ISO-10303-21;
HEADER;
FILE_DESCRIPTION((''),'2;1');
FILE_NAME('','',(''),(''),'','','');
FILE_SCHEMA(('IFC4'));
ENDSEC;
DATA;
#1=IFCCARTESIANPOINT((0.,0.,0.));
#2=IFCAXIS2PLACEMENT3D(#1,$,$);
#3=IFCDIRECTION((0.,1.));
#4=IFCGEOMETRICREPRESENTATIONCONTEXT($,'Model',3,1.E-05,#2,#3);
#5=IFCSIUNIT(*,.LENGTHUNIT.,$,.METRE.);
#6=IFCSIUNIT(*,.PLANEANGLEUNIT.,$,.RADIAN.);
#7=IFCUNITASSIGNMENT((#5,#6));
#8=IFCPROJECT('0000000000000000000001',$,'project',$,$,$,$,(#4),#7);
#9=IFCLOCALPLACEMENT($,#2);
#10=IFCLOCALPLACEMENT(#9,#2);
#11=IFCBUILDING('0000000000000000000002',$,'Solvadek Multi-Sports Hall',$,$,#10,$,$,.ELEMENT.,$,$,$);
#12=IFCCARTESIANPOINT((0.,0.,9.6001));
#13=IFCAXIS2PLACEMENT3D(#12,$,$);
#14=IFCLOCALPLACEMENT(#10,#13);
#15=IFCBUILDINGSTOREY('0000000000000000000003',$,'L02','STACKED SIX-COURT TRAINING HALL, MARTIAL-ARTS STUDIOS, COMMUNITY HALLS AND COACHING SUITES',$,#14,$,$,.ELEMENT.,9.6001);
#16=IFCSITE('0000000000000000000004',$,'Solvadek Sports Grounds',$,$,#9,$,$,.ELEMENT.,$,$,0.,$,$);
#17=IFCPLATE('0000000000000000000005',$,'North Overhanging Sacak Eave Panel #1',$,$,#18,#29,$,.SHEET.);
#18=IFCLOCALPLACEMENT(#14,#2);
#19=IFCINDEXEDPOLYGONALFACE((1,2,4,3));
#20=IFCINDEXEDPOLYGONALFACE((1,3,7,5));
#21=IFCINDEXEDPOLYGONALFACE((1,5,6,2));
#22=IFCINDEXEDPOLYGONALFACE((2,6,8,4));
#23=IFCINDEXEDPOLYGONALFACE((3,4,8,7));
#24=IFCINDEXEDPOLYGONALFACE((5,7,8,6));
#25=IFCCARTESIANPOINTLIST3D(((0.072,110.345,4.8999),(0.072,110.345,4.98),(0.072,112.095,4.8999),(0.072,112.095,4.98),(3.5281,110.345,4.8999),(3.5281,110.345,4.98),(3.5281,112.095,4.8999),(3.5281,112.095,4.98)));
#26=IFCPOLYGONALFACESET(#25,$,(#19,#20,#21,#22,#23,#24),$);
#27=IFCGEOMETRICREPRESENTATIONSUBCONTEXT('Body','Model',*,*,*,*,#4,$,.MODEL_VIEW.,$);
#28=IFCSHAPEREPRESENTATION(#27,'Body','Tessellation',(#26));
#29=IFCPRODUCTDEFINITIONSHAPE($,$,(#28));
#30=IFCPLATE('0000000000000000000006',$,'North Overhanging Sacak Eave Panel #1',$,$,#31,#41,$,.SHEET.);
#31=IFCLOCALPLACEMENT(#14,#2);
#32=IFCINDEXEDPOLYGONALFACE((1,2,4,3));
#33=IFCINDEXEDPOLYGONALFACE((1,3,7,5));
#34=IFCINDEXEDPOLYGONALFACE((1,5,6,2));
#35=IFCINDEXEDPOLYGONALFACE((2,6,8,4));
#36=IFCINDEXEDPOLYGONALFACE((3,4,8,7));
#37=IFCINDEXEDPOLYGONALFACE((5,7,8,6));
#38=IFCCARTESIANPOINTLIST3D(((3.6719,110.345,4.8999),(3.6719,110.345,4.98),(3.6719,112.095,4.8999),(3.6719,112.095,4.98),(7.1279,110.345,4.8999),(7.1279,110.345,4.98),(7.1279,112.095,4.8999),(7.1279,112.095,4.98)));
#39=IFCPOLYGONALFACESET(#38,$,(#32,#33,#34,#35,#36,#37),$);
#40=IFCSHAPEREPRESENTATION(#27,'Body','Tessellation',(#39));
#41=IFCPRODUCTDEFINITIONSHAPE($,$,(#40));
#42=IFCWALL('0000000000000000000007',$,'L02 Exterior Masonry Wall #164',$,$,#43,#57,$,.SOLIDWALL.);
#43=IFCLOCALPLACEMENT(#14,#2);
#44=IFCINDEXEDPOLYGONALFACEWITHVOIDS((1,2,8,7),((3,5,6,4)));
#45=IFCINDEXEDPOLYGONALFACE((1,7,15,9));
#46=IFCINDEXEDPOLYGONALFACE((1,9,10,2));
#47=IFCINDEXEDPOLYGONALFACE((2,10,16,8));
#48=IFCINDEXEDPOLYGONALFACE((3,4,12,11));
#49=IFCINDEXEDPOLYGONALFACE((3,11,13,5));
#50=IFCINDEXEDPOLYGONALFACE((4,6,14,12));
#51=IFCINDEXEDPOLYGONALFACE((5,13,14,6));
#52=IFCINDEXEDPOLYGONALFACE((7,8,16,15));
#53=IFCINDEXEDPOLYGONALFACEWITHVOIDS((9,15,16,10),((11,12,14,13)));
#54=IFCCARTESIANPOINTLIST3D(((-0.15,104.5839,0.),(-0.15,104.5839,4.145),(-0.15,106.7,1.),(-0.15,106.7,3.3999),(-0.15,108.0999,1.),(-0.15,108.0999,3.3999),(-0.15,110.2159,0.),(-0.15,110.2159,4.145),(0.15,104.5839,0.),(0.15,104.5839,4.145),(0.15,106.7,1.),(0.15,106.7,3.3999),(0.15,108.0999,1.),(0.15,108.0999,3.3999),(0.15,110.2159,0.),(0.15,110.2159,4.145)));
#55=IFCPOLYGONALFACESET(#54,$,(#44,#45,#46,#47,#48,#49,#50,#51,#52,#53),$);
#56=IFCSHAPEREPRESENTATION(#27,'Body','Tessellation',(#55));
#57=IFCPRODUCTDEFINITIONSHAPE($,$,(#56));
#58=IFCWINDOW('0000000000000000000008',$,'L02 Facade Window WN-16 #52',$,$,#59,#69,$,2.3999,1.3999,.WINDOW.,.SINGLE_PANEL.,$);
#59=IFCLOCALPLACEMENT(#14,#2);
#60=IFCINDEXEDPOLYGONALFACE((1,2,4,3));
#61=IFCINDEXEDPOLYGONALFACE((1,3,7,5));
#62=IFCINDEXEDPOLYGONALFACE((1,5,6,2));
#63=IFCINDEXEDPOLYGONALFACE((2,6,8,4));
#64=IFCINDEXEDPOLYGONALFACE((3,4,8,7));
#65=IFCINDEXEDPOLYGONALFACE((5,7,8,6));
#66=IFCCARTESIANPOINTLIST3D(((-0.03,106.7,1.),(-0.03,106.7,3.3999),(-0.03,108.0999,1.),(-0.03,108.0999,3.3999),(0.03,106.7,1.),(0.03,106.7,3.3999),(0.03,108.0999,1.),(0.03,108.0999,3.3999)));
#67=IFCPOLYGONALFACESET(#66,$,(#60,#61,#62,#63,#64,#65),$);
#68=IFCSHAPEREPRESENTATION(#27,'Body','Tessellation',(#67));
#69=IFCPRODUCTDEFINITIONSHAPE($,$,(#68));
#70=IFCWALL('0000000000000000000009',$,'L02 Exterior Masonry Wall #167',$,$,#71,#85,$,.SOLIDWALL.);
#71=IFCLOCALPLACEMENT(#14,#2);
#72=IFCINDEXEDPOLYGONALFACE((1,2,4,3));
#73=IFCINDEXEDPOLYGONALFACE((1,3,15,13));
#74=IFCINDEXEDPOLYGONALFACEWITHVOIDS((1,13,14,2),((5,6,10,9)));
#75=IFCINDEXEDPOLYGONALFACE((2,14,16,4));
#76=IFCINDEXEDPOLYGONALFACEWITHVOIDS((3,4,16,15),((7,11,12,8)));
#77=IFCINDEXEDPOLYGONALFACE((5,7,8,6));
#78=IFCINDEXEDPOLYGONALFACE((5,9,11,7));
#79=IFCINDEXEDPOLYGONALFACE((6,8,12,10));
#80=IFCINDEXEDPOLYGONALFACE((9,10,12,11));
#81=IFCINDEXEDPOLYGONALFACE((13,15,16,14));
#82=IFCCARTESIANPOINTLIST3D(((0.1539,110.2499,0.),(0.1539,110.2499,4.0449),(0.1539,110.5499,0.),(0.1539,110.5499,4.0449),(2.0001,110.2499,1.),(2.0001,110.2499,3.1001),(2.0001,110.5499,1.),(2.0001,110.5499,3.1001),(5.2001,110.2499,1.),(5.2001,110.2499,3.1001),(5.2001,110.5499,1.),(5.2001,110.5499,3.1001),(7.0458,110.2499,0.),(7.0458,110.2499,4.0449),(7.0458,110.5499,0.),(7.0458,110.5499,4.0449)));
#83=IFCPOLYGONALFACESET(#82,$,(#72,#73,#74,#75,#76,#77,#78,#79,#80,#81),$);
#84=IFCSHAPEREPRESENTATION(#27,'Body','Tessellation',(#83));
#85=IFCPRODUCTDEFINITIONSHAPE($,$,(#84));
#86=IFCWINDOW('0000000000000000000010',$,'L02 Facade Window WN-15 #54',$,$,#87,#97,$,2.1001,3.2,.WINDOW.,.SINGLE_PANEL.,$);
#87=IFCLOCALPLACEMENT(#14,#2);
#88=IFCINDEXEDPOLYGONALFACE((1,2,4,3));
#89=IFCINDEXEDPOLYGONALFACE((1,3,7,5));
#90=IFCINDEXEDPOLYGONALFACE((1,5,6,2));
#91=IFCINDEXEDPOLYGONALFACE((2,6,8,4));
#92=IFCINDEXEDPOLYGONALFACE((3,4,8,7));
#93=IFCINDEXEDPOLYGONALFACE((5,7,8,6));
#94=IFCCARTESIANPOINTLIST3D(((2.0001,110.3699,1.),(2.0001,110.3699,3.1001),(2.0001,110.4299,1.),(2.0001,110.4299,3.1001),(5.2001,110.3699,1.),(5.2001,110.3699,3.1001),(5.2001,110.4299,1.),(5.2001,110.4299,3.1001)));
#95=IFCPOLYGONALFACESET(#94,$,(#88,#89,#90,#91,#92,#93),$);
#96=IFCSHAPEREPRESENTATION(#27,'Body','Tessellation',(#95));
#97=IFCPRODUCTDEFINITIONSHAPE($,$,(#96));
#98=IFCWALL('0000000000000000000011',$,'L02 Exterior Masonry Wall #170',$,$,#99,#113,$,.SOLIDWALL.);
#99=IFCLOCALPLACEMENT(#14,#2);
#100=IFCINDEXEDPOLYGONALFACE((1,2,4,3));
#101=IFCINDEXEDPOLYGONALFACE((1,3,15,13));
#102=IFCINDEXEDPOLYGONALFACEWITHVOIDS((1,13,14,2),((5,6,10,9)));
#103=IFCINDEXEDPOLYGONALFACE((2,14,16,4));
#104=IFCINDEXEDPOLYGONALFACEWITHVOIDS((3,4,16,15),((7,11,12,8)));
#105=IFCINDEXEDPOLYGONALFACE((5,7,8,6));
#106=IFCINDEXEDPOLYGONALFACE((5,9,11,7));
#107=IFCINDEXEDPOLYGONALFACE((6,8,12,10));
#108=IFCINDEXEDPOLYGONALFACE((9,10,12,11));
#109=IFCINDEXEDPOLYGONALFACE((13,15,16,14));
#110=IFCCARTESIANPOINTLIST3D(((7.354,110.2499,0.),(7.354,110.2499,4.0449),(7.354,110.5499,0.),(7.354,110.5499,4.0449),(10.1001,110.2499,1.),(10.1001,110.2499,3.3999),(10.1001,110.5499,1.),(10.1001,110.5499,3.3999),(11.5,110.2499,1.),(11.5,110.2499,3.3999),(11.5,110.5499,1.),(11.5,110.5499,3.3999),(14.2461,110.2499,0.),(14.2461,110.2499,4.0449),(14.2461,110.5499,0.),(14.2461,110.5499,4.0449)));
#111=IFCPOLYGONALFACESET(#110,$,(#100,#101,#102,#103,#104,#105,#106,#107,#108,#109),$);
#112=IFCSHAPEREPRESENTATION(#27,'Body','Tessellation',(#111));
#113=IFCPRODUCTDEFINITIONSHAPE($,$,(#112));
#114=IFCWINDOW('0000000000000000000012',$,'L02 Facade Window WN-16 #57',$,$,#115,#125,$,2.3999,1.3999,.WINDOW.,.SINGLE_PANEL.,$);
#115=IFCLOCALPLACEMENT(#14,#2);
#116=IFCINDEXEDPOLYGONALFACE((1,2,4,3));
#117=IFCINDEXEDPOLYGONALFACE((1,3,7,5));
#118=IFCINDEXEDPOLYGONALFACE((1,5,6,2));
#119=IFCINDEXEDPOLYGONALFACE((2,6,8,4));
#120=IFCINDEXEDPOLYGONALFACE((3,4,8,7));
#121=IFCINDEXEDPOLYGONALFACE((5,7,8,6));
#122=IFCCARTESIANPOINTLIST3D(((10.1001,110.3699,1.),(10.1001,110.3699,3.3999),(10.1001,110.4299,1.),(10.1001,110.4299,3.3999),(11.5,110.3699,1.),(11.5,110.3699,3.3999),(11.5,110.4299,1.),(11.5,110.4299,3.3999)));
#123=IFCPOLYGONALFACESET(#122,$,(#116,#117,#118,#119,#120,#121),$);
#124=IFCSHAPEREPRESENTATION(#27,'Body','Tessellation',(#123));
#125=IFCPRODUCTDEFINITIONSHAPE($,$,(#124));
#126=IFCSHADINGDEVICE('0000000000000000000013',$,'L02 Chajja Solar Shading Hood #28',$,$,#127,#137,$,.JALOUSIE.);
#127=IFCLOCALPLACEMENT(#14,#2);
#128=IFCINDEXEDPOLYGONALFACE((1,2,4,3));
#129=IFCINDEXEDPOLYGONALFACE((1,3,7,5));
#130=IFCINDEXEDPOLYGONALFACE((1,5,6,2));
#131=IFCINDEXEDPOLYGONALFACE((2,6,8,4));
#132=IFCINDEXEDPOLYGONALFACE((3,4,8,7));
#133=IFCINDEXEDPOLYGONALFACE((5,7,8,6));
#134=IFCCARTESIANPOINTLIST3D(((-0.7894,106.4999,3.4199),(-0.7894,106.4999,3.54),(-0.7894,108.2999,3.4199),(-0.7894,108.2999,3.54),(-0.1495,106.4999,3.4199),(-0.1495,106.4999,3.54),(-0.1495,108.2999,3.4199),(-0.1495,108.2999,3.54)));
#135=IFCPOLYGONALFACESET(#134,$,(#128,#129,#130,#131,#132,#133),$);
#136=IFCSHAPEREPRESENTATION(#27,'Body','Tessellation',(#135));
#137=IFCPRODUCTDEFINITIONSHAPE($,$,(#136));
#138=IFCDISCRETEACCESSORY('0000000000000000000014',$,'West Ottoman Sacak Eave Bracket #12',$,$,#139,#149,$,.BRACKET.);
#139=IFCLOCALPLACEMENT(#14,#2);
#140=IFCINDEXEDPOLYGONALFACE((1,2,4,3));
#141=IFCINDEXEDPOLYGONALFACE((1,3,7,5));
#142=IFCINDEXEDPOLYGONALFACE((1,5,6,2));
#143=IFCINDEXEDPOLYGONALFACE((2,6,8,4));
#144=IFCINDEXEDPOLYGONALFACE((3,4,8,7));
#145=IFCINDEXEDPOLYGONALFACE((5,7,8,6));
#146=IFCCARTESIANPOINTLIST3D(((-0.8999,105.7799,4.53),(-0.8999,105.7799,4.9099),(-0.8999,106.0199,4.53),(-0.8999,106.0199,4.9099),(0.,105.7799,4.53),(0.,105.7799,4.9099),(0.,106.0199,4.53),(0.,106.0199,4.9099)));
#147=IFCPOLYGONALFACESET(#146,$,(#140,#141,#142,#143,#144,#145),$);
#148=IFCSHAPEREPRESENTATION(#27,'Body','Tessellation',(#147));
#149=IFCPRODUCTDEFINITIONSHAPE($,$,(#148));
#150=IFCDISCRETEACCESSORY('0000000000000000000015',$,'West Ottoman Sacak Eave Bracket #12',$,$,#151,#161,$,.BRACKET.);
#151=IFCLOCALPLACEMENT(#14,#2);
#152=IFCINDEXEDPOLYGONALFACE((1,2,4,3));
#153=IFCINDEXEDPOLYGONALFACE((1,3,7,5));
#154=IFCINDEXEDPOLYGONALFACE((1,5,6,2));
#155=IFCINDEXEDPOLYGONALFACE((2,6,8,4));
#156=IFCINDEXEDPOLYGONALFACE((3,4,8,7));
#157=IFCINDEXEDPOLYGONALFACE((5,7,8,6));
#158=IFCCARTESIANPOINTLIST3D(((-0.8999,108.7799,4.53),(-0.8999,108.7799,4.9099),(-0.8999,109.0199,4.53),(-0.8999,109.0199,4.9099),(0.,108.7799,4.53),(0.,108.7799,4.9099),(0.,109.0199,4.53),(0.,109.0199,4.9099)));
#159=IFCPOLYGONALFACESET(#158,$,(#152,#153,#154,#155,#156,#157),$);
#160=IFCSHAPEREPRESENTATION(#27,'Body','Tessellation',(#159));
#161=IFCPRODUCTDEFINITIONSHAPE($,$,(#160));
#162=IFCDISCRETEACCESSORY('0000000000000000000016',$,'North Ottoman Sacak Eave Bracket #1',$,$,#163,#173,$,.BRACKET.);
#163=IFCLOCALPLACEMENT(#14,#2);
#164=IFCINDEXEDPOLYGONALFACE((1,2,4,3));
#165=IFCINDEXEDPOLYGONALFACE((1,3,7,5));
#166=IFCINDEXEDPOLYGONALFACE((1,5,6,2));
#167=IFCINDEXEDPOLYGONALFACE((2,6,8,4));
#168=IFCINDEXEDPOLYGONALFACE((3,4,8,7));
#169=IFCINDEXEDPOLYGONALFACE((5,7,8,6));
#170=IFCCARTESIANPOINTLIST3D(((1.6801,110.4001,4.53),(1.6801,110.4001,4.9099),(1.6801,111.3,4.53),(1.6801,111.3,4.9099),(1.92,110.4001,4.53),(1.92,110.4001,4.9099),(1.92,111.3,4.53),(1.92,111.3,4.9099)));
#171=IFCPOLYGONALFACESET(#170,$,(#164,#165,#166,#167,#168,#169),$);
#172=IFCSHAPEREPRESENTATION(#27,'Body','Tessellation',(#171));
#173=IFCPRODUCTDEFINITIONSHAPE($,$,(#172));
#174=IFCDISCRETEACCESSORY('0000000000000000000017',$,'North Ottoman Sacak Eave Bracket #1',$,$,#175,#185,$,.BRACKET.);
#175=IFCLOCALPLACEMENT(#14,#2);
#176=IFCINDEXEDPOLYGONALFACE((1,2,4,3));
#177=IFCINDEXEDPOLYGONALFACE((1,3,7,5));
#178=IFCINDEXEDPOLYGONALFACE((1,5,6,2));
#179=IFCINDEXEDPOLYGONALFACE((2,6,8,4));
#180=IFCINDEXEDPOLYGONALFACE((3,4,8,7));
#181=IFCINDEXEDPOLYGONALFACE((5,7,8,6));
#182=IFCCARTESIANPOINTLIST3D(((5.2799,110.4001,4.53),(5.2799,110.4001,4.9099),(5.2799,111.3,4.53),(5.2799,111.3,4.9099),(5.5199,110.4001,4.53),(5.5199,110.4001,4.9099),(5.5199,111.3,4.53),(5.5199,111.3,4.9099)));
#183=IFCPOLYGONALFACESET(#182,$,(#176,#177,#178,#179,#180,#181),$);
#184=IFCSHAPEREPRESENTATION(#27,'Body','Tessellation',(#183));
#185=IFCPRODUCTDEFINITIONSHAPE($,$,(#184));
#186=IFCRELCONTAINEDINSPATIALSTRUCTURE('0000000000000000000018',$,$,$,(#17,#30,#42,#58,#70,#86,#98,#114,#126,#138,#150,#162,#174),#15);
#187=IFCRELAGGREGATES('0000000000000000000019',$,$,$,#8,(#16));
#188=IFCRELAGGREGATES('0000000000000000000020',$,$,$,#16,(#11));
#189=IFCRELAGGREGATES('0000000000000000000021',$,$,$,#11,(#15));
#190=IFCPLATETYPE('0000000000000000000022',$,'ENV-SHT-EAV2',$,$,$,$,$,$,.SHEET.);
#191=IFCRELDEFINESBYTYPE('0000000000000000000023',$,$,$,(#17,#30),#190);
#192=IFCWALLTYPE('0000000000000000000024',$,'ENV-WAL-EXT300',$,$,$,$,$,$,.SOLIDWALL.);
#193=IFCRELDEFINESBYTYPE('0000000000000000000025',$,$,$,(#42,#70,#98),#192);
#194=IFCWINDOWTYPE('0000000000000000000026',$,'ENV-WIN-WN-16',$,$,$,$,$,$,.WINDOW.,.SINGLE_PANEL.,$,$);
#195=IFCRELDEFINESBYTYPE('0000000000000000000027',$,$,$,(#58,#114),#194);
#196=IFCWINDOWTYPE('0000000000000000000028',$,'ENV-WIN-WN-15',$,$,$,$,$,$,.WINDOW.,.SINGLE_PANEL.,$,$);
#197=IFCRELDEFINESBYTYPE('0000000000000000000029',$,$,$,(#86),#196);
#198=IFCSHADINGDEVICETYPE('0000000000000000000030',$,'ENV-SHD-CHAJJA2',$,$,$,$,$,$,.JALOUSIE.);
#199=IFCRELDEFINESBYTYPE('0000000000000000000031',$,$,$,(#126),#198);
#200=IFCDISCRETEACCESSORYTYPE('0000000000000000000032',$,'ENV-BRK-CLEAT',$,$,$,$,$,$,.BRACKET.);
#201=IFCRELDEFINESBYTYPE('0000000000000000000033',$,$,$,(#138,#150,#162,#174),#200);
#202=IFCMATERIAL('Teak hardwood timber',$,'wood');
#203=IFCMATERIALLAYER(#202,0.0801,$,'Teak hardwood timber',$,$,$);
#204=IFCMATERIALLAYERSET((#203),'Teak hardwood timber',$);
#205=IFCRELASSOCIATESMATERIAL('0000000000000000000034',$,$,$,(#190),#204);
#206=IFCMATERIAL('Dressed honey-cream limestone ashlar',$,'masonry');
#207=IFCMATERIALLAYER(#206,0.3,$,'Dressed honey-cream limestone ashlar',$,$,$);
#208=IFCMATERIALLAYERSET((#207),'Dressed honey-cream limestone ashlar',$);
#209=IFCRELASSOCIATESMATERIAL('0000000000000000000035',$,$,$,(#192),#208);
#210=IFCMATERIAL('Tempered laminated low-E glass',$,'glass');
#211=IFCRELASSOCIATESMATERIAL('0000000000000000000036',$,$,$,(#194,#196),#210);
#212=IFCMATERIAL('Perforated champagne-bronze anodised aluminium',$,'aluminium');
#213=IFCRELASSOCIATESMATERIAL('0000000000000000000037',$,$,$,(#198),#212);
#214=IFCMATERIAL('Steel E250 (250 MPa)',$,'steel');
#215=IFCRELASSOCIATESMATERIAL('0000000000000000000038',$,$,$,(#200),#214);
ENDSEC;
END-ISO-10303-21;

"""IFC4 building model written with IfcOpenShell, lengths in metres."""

from ifc_helpers import new_model, si_unit, direction, frame, frame_2d, origin, origin_2d, place, context, subcontext, project, spatial, rectangle, extrude, material, layer, layer_set, type_object, element, fill, save


model = new_model("IFC4")

# Units and contexts
model_context = context("Model", 3, precision=1e-05, world=origin(), true_north=direction((0.0, 1.0)))
body_context = subcontext(model_context, "Body", "Model", "MODEL_VIEW")
ifc_project = project(units=[si_unit("LENGTHUNIT", "METRE"), si_unit("PLANEANGLEUNIT", "RADIAN")], contexts=[model_context])

# Site, building, storey
site_placement = place(None, origin())
site = spatial("IfcSite", under=ifc_project, at=site_placement, Name="Solvadek Sports Grounds", CompositionType="ELEMENT", RefElevation=0.0)
building_placement = place(site_placement, origin())
building = spatial("IfcBuilding", under=site, at=building_placement, Name="Solvadek Multi-Sports Hall", CompositionType="ELEMENT")
storey_placement = place(building_placement, frame((0.0, 0.0, 9.6001)))
storey = spatial("IfcBuildingStorey", under=building, at=storey_placement, Name="L02", Description="STACKED SIX-COURT TRAINING HALL, MARTIAL-ARTS STUDIOS, COMMUNITY HALLS AND COACHING SUITES", CompositionType="ELEMENT", Elevation=9.6001)

# Shared definitions
ifc_material_1 = material(Name="Steel E250 (250 MPa)", Category="steel")

# Plates
ifc_material_2 = material(Name="Teak hardwood timber", Category="wood")
ifc_layer_1 = layer(ifc_material_2, 0.0801, Name="Teak hardwood timber")
ifc_layer_set_1 = layer_set([ifc_layer_1], Name="Teak hardwood timber")
plate_type = type_object("IfcPlateType", Name="ENV-SHT-EAV2", PredefinedType="SHEET", material=ifc_layer_set_1)
for number, where, z_axis, x_axis, name in (
    (1, (1.8, 111.22, 4.8999), (0.0, 0.0, 1.0), (1.0, 0.0, 0.0), "North Overhanging Sacak Eave Panel #1"),
    (2, (5.3999, 111.22, 4.8999), (0.0, 0.0, 1.0), (1.0, 0.0, 0.0), "North Overhanging Sacak Eave Panel #1"),
):
    element("IfcPlate", number, at=place(storey_placement, frame(where, z_axis=z_axis, x_axis=x_axis)), inside=storey, type_object=plate_type, Name=name, PredefinedType="SHEET", context=body_context, shape_type="SweptSolid", body=[
        extrude(rectangle(XDim=3.4561, YDim=1.75, at=origin_2d()), origin(), (0.0, 0.0, 1.0), 0.0801),
    ])

# Walls, openings, windows
ifc_material_3 = material(Name="Dressed honey-cream limestone ashlar", Category="masonry")
ifc_layer_2 = layer(ifc_material_3, 0.3, Name="Dressed honey-cream limestone ashlar")
ifc_layer_set_2 = layer_set([ifc_layer_2], Name="Dressed honey-cream limestone ashlar")
wall_type = type_object("IfcWallType", Name="ENV-WAL-EXT300", PredefinedType="SOLIDWALL", material=ifc_layer_set_2)
wall_1_placement = place(storey_placement, frame((0.0, 104.584, 0.0), z_axis=(0.0, 0.0, 1.0), x_axis=(0.0, 1.0, 0.0)))
wall_1 = element("IfcWall", 3, at=wall_1_placement, inside=storey, type_object=wall_type, Name="L02 Exterior Masonry Wall #164", PredefinedType="SOLIDWALL", context=body_context, shape_type="SweptSolid", body=[
    extrude(rectangle(XDim=5.6321, YDim=0.3, at=frame_2d((2.8159, 0.0))), origin(), (0.0, 0.0, 1.0), 4.145),
])
opening_1_placement = place(wall_1_placement, frame((2.116, 0.0, 1.0)))
opening_1 = element("IfcOpeningElement", 4, at=opening_1_placement, cuts=wall_1, PredefinedType="OPENING", context=body_context, shape_type="SweptSolid", body=[
    extrude(rectangle(XDim=1.3999, YDim=2.3999, at=frame_2d((0.7, 1.2))), frame((0.0, 0.1599, 0.0), z_axis=(0.0, -1.0, 0.0), x_axis=(1.0, 0.0, 0.0)), (0.0, 0.0, 1.0), 0.3201),
])
ifc_material_4 = material(Name="Tempered laminated low-E glass", Category="glass")
window_type_1 = type_object("IfcWindowType", Name="ENV-WIN-WN-16", PartitioningType="SINGLE_PANEL", PredefinedType="WINDOW", material=ifc_material_4)
window_1_placement = place(opening_1_placement, origin())
window_1 = element("IfcWindow", 5, at=window_1_placement, inside=storey, type_object=window_type_1, Name="L02 Facade Window WN-16 #52", OverallHeight=2.3999, OverallWidth=1.3999, PartitioningType="SINGLE_PANEL", PredefinedType="WINDOW", context=body_context, shape_type="SweptSolid", body=[
    extrude(rectangle(XDim=1.3999, YDim=2.3999, at=frame_2d((0.7, 1.2))), frame((0.0, 0.03, 0.0), z_axis=(0.0, -1.0, 0.0), x_axis=(1.0, 0.0, 0.0)), (0.0, 0.0, 1.0), 0.0601),
])
fill(opening_1, window_1)
wall_2_placement = place(storey_placement, frame((0.1541, 110.3999, 0.0), z_axis=(0.0, 0.0, 1.0), x_axis=(1.0, 0.0, 0.0)))
wall_2 = element("IfcWall", 6, at=wall_2_placement, inside=storey, type_object=wall_type, Name="L02 Exterior Masonry Wall #167", PredefinedType="SOLIDWALL", context=body_context, shape_type="SweptSolid", body=[
    extrude(rectangle(XDim=6.8918, YDim=0.3, at=frame_2d((3.4458, 0.0))), origin(), (0.0, 0.0, 1.0), 4.0449),
])
opening_2_placement = place(wall_2_placement, frame((1.8459, 0.0, 1.0)))
opening_2 = element("IfcOpeningElement", 7, at=opening_2_placement, cuts=wall_2, PredefinedType="OPENING", context=body_context, shape_type="SweptSolid", body=[
    extrude(rectangle(XDim=3.2, YDim=2.1001, at=frame_2d((1.6001, 1.05))), frame((0.0, 0.1599, 0.0), z_axis=(0.0, -1.0, 0.0), x_axis=(1.0, 0.0, 0.0)), (0.0, 0.0, 1.0), 0.3201),
])
window_type_2 = type_object("IfcWindowType", Name="ENV-WIN-WN-15", PartitioningType="SINGLE_PANEL", PredefinedType="WINDOW", material=ifc_material_4)
window_2_placement = place(opening_2_placement, origin())
window_2 = element("IfcWindow", 8, at=window_2_placement, inside=storey, type_object=window_type_2, Name="L02 Facade Window WN-15 #54", OverallHeight=2.1001, OverallWidth=3.2, PartitioningType="SINGLE_PANEL", PredefinedType="WINDOW", context=body_context, shape_type="SweptSolid", body=[
    extrude(rectangle(XDim=3.2, YDim=2.1001, at=frame_2d((1.6001, 1.05))), frame((0.0, 0.03, 0.0), z_axis=(0.0, -1.0, 0.0), x_axis=(1.0, 0.0, 0.0)), (0.0, 0.0, 1.0), 0.0601),
])
fill(opening_2, window_2)
wall_3_placement = place(storey_placement, frame((7.354, 110.3999, 0.0), z_axis=(0.0, 0.0, 1.0), x_axis=(1.0, 0.0, 0.0)))
wall_3 = element("IfcWall", 9, at=wall_3_placement, inside=storey, type_object=wall_type, Name="L02 Exterior Masonry Wall #170", PredefinedType="SOLIDWALL", context=body_context, shape_type="SweptSolid", body=[
    extrude(rectangle(XDim=6.8921, YDim=0.3, at=frame_2d((3.446, 0.0))), origin(), (0.0, 0.0, 1.0), 4.0449),
])
opening_3_placement = place(wall_3_placement, frame((2.7461, 0.0, 1.0)))
opening_3 = element("IfcOpeningElement", 10, at=opening_3_placement, cuts=wall_3, PredefinedType="OPENING", context=body_context, shape_type="SweptSolid", body=[
    extrude(rectangle(XDim=1.3999, YDim=2.3999, at=frame_2d((0.7, 1.2))), frame((0.0, 0.1599, 0.0), z_axis=(0.0, -1.0, 0.0), x_axis=(1.0, 0.0, 0.0)), (0.0, 0.0, 1.0), 0.3201),
])
window_3_placement = place(opening_3_placement, origin())
window_3 = element("IfcWindow", 11, at=window_3_placement, inside=storey, type_object=window_type_1, Name="L02 Facade Window WN-16 #57", OverallHeight=2.3999, OverallWidth=1.3999, PartitioningType="SINGLE_PANEL", PredefinedType="WINDOW", context=body_context, shape_type="SweptSolid", body=[
    extrude(rectangle(XDim=1.3999, YDim=2.3999, at=frame_2d((0.7, 1.2))), frame((0.0, 0.03, 0.0), z_axis=(0.0, -1.0, 0.0), x_axis=(1.0, 0.0, 0.0)), (0.0, 0.0, 1.0), 0.0601),
])
fill(opening_3, window_3)

# Shading device
ifc_material_5 = material(Name="Perforated champagne-bronze anodised aluminium", Category="aluminium")
shading_device_type = type_object("IfcShadingDeviceType", Name="ENV-SHD-CHAJJA2", PredefinedType="JALOUSIE", material=ifc_material_5)
shading_device_placement = place(storey_placement, frame((-0.4695, 107.3999, 3.4199), z_axis=(0.0, 0.0, 1.0), x_axis=(0.0, 1.0, 0.0)))
element("IfcShadingDevice", 12, at=shading_device_placement, inside=storey, type_object=shading_device_type, Name="L02 Chajja Solar Shading Hood #28", PredefinedType="JALOUSIE", context=body_context, shape_type="SweptSolid", body=[
    extrude(rectangle(XDim=1.8, YDim=0.6399, at=origin_2d()), origin(), (0.0, 0.0, 1.0), 0.1201),
])

# Discrete accessories
discrete_accessory_type = type_object("IfcDiscreteAccessoryType", Name="ENV-BRK-CLEAT", PredefinedType="BRACKET", material=ifc_material_1)
for number, where, z_axis, x_axis, name in (
    (13, (-0.45, 105.8999, 4.53), (0.0, 0.0, 1.0), (1.0, 0.0, 0.0), "West Ottoman Sacak Eave Bracket #12"),
    (14, (-0.45, 108.8999, 4.53), (0.0, 0.0, 1.0), (1.0, 0.0, 0.0), "West Ottoman Sacak Eave Bracket #12"),
):
    element("IfcDiscreteAccessory", number, at=place(storey_placement, frame(where, z_axis=z_axis, x_axis=x_axis)), inside=storey, type_object=discrete_accessory_type, Name=name, PredefinedType="BRACKET", context=body_context, shape_type="SweptSolid", body=[
        extrude(rectangle(XDim=0.8999, YDim=0.24, at=origin_2d()), origin(), (0.0, 0.0, 1.0), 0.3799),
    ])
for number, where, z_axis, x_axis, name in (
    (15, (1.8, 110.8501, 4.53), (0.0, 0.0, 1.0), (1.0, 0.0, 0.0), "North Ottoman Sacak Eave Bracket #1"),
    (16, (5.3999, 110.8501, 4.53), (0.0, 0.0, 1.0), (1.0, 0.0, 0.0), "North Ottoman Sacak Eave Bracket #1"),
):
    element("IfcDiscreteAccessory", number, at=place(storey_placement, frame(where, z_axis=z_axis, x_axis=x_axis)), inside=storey, type_object=discrete_accessory_type, Name=name, PredefinedType="BRACKET", context=body_context, shape_type="SweptSolid", body=[
        extrude(rectangle(XDim=0.24, YDim=0.8999, at=origin_2d()), origin(), (0.0, 0.0, 1.0), 0.3799),
    ])

save(model, "model.ifc")
